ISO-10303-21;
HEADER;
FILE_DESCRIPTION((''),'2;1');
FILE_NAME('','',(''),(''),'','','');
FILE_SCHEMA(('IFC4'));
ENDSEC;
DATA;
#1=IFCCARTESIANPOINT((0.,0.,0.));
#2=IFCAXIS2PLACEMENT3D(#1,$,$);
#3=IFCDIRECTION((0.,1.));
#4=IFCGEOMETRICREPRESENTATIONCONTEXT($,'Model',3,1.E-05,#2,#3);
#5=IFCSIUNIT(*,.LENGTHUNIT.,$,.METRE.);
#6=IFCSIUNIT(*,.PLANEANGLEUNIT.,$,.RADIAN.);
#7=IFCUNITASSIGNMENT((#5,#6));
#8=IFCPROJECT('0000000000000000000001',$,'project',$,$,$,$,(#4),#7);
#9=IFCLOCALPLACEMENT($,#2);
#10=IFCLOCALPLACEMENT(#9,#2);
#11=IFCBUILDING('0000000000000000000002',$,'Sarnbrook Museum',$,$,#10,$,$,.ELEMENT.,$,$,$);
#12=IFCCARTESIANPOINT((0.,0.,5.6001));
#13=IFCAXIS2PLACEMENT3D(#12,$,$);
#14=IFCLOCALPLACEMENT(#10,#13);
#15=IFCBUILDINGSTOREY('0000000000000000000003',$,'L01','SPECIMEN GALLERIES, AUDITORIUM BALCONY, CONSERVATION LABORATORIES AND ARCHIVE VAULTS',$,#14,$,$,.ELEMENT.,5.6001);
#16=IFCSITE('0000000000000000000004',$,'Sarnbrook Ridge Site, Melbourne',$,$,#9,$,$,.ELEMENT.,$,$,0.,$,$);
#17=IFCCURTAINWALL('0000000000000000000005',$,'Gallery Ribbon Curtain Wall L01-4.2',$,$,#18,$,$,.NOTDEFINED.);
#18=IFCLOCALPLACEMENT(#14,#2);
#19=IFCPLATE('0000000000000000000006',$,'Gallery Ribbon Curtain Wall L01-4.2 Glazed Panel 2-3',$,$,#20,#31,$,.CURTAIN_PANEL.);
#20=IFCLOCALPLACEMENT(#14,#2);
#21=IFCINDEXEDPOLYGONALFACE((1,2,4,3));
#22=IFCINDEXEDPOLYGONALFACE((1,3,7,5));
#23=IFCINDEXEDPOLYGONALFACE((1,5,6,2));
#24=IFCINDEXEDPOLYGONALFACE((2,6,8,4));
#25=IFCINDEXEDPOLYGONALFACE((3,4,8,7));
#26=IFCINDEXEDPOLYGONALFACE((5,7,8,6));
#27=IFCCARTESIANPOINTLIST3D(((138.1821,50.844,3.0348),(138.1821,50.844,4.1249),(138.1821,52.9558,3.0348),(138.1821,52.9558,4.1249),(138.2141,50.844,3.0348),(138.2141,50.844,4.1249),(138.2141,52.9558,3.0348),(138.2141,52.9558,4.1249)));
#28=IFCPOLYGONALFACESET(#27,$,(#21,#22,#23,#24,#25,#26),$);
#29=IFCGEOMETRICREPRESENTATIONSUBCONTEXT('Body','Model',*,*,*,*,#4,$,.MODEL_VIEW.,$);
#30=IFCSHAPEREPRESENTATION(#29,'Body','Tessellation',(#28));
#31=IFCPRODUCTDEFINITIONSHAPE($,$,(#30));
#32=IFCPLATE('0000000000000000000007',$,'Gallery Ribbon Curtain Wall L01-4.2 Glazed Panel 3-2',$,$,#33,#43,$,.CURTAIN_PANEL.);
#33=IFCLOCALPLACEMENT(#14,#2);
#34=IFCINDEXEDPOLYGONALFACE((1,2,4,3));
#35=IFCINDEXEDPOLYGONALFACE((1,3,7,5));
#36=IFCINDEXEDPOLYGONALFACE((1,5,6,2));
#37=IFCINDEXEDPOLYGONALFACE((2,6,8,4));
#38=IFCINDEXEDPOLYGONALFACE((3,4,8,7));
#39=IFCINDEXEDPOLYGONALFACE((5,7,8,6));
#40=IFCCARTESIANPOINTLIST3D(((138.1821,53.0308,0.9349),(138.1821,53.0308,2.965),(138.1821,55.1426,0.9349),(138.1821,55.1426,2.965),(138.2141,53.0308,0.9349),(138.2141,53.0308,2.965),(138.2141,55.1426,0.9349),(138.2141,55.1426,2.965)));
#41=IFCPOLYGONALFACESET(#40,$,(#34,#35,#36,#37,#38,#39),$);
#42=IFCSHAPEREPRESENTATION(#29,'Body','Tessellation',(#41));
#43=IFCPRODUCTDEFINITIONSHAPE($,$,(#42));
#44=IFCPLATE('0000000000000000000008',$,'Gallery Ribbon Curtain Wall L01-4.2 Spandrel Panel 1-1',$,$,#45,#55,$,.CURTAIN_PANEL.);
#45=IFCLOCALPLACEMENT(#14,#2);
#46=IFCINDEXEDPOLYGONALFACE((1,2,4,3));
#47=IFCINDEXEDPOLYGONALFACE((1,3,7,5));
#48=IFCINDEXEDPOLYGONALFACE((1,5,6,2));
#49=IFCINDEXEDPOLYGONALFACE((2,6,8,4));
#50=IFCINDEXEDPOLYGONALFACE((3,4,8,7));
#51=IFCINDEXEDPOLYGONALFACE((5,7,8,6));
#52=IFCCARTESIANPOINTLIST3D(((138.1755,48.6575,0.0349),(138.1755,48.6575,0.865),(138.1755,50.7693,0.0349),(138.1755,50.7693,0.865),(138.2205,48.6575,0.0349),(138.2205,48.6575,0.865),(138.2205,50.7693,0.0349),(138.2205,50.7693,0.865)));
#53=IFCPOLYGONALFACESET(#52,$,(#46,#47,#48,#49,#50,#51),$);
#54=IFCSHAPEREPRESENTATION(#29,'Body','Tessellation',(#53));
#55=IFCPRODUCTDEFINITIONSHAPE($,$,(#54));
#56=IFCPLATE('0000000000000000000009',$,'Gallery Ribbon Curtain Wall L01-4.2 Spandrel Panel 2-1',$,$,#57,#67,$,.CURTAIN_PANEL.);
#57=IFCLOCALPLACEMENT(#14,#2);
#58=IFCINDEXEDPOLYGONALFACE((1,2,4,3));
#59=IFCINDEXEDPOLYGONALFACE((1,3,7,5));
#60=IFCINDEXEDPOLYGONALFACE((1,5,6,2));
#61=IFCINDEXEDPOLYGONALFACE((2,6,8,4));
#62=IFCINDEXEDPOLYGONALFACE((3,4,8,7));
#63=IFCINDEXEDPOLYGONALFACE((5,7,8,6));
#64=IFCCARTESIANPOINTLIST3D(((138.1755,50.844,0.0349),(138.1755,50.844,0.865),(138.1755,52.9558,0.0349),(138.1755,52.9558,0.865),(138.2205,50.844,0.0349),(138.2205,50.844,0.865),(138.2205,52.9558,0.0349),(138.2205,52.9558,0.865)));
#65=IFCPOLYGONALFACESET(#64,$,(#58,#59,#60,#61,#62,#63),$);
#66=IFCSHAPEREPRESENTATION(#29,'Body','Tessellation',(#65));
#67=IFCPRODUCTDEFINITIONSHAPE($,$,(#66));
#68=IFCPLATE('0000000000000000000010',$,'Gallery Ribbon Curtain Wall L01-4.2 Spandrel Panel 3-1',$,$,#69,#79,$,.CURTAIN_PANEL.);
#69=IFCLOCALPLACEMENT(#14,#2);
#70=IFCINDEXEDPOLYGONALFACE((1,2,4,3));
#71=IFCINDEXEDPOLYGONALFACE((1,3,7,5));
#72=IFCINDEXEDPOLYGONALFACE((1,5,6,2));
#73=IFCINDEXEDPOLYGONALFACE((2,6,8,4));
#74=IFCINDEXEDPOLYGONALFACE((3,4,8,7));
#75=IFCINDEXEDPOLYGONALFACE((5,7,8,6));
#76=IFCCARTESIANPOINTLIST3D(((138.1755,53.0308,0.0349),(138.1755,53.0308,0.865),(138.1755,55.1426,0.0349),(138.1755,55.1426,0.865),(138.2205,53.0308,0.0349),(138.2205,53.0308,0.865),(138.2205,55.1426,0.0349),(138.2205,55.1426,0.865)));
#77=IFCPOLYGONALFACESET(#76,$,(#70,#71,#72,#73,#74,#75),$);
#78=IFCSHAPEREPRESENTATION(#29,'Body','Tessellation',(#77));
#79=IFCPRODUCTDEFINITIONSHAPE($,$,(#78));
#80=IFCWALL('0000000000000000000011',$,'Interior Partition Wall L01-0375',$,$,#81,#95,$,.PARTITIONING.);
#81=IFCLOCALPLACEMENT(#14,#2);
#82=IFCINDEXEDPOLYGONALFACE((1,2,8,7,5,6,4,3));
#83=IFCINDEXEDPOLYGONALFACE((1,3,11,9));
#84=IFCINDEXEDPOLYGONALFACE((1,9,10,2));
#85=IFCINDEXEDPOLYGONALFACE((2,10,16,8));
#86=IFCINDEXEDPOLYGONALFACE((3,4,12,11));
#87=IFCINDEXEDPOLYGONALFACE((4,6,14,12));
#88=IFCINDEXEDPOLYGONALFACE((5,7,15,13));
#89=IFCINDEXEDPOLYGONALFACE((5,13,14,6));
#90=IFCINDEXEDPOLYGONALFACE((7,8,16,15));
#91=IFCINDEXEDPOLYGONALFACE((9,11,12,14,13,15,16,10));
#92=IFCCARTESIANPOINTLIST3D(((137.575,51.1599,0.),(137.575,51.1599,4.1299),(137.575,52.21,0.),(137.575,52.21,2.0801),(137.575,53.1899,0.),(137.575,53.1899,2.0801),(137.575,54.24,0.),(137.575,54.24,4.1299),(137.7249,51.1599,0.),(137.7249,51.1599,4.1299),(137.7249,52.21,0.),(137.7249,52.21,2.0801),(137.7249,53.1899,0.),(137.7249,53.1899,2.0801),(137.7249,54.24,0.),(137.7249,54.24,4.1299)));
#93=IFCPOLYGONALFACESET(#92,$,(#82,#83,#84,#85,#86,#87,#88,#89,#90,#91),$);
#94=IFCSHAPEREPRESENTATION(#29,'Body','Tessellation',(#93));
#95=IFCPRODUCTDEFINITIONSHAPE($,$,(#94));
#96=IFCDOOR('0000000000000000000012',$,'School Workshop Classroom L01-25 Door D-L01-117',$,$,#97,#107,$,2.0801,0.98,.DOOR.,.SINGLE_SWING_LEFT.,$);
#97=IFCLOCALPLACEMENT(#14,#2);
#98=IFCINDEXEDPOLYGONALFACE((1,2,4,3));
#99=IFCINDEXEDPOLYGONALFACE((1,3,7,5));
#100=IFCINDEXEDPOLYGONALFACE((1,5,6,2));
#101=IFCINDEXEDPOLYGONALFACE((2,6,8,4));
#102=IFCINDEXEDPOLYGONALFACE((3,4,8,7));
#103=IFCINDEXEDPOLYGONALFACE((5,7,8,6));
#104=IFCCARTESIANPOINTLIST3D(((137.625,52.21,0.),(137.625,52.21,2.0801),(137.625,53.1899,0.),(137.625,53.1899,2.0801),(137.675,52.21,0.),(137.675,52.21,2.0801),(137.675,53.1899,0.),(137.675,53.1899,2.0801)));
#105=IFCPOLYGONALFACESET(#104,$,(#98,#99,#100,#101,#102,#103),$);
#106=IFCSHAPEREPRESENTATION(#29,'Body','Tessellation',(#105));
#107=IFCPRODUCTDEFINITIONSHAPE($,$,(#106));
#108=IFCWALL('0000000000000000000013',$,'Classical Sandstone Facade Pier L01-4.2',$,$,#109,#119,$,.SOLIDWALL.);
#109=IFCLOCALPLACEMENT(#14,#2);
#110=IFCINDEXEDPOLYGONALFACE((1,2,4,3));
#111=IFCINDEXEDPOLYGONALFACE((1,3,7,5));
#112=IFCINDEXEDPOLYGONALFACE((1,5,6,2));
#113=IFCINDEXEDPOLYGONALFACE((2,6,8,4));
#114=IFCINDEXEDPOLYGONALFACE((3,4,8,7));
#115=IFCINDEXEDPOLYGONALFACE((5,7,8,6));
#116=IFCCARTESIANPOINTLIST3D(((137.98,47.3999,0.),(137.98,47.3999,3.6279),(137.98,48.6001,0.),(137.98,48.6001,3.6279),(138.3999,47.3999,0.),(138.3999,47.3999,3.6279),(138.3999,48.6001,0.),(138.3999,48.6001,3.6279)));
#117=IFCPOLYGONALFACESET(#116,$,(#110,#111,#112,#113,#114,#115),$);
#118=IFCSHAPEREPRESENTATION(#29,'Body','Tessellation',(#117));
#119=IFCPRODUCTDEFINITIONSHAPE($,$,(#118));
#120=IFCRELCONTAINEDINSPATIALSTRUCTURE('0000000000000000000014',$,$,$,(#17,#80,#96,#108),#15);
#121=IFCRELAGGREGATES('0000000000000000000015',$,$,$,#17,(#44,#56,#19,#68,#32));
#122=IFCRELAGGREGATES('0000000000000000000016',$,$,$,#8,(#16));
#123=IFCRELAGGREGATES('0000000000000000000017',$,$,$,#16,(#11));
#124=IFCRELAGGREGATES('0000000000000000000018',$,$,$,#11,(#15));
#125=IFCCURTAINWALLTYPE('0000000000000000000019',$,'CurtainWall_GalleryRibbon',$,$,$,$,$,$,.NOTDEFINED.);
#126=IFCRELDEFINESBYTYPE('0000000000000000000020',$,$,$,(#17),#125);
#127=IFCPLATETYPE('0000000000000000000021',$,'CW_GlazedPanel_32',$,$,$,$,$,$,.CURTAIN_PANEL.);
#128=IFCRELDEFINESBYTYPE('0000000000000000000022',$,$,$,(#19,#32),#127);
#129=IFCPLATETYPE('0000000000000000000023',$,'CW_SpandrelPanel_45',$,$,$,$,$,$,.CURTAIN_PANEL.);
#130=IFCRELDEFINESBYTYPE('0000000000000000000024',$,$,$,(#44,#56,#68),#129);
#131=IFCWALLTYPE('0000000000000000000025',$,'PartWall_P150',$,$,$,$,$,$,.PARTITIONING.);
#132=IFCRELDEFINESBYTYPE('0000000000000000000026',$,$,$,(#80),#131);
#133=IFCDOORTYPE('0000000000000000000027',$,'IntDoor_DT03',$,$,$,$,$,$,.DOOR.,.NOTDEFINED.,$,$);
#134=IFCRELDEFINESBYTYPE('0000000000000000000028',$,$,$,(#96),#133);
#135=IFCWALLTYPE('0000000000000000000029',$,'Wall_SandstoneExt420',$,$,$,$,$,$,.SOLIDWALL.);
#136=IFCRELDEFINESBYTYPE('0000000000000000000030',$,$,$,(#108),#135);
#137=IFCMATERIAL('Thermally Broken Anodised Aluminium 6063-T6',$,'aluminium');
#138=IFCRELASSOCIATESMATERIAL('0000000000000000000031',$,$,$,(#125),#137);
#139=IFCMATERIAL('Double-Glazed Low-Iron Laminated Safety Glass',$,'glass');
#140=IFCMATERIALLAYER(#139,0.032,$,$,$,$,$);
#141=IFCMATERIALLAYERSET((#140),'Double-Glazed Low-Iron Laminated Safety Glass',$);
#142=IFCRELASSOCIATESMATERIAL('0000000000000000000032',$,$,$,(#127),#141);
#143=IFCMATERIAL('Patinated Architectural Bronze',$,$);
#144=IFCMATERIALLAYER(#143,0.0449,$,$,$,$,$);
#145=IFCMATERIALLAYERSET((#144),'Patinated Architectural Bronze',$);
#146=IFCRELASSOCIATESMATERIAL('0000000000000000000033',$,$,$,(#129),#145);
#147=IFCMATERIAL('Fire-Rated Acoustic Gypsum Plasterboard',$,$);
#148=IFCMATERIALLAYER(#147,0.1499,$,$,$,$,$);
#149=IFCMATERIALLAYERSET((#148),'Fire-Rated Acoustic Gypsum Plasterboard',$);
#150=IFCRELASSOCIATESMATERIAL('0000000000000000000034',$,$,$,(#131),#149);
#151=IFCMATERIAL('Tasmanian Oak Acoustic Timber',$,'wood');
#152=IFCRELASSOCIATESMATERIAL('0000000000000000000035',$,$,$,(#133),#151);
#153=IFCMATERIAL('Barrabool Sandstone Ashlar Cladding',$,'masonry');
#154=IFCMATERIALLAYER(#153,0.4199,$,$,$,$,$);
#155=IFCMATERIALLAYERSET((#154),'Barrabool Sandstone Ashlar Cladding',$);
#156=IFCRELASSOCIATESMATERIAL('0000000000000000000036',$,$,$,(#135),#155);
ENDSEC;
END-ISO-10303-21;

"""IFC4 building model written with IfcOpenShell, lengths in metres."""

from ifc_helpers import new_model, si_unit, direction, frame, frame_2d, origin, origin_2d, place, context, subcontext, project, spatial, rectangle, extrude, material, layer, layer_set, type_object, element, fill, aggregate, save


model = new_model("IFC4")

# Units and contexts
model_context = context("Model", 3, precision=1e-05, world=origin(), true_north=direction((0.0, 1.0)))
body_context = subcontext(model_context, "Body", "Model", "MODEL_VIEW")
ifc_project = project(units=[si_unit("LENGTHUNIT", "METRE"), si_unit("PLANEANGLEUNIT", "RADIAN")], contexts=[model_context])

# Site, building, storey
site_placement = place(None, origin())
site = spatial("IfcSite", under=ifc_project, at=site_placement, Name="Sarnbrook Ridge Site, Melbourne", CompositionType="ELEMENT", RefElevation=0.0)
building_placement = place(site_placement, origin())
building = spatial("IfcBuilding", under=site, at=building_placement, Name="Sarnbrook Museum", CompositionType="ELEMENT")
storey_placement = place(building_placement, frame((0.0, 0.0, 5.6001)))
storey = spatial("IfcBuildingStorey", under=building, at=storey_placement, Name="L01", Description="SPECIMEN GALLERIES, AUDITORIUM BALCONY, CONSERVATION LABORATORIES AND ARCHIVE VAULTS", CompositionType="ELEMENT", Elevation=5.6001)

# Shared definitions
ifc_material_1 = material(Name="Thermally Broken Anodised Aluminium 6063-T6", Category="aluminium")
curtain_wall_type = type_object("IfcCurtainWallType", Name="CurtainWall_GalleryRibbon", PredefinedType="NOTDEFINED", material=ifc_material_1)

# Curtain wall
curtain_wall_1_placement = place(storey_placement, origin())
curtain_wall_1 = element("IfcCurtainWall", 1, at=curtain_wall_1_placement, inside=storey, type_object=curtain_wall_type, Name="Gallery Ribbon Curtain Wall L01-4.2", PredefinedType="NOTDEFINED")

# Plates
ifc_material_2 = material(Name="Double-Glazed Low-Iron Laminated Safety Glass", Category="glass")
ifc_layer_1 = layer(ifc_material_2, 0.032)
ifc_layer_set_1 = layer_set([ifc_layer_1], Name="Double-Glazed Low-Iron Laminated Safety Glass")
plate_type_1 = type_object("IfcPlateType", Name="CW_GlazedPanel_32", PredefinedType="CURTAIN_PANEL", material=ifc_layer_set_1)
plate_1_placement = place(storey_placement, frame((138.1821, 51.8999, 3.5798), z_axis=(1.0, 0.0, 0.0), x_axis=(0.0, 1.0, 0.0)))
plate_1 = element("IfcPlate", 2, at=plate_1_placement, type_object=plate_type_1, Name="Gallery Ribbon Curtain Wall L01-4.2 Glazed Panel 2-3", PredefinedType="CURTAIN_PANEL", context=body_context, shape_type="SweptSolid", body=[
    extrude(rectangle(XDim=2.1118, YDim=1.0901, at=origin_2d()), origin(), (0.0, 0.0, 1.0), 0.032),
])
plate_2_placement = place(storey_placement, frame((138.1821, 54.0867, 1.95), z_axis=(1.0, 0.0, 0.0), x_axis=(0.0, 1.0, 0.0)))
plate_2 = element("IfcPlate", 3, at=plate_2_placement, type_object=plate_type_1, Name="Gallery Ribbon Curtain Wall L01-4.2 Glazed Panel 3-2", PredefinedType="CURTAIN_PANEL", context=body_context, shape_type="SweptSolid", body=[
    extrude(rectangle(XDim=2.1118, YDim=2.03, at=origin_2d()), origin(), (0.0, 0.0, 1.0), 0.032),
])
ifc_material_3 = material(Name="Patinated Architectural Bronze")
ifc_layer_2 = layer(ifc_material_3, 0.0449)
ifc_layer_set_2 = layer_set([ifc_layer_2], Name="Patinated Architectural Bronze")
plate_type_2 = type_object("IfcPlateType", Name="CW_SpandrelPanel_45", PredefinedType="CURTAIN_PANEL", material=ifc_layer_set_2)
plate_3_placement = place(storey_placement, frame((138.1755, 49.7134, 0.45), z_axis=(1.0, 0.0, 0.0), x_axis=(0.0, 1.0, 0.0)))
plate_3 = element("IfcPlate", 4, at=plate_3_placement, type_object=plate_type_2, Name="Gallery Ribbon Curtain Wall L01-4.2 Spandrel Panel 1-1", PredefinedType="CURTAIN_PANEL", context=body_context, shape_type="SweptSolid", body=[
    extrude(rectangle(XDim=2.1118, YDim=0.8301, at=origin_2d()), origin(), (0.0, 0.0, 1.0), 0.0449),
])
plate_4_placement = place(storey_placement, frame((138.1755, 51.8999, 0.45), z_axis=(1.0, 0.0, 0.0), x_axis=(0.0, 1.0, 0.0)))
plate_4 = element("IfcPlate", 5, at=plate_4_placement, type_object=plate_type_2, Name="Gallery Ribbon Curtain Wall L01-4.2 Spandrel Panel 2-1", PredefinedType="CURTAIN_PANEL", context=body_context, shape_type="SweptSolid", body=[
    extrude(rectangle(XDim=2.1118, YDim=0.8301, at=origin_2d()), origin(), (0.0, 0.0, 1.0), 0.0449),
])
plate_5_placement = place(storey_placement, frame((138.1755, 54.0867, 0.45), z_axis=(1.0, 0.0, 0.0), x_axis=(0.0, 1.0, 0.0)))
plate_5 = element("IfcPlate", 6, at=plate_5_placement, type_object=plate_type_2, Name="Gallery Ribbon Curtain Wall L01-4.2 Spandrel Panel 3-1", PredefinedType="CURTAIN_PANEL", context=body_context, shape_type="SweptSolid", body=[
    extrude(rectangle(XDim=2.1118, YDim=0.8301, at=origin_2d()), origin(), (0.0, 0.0, 1.0), 0.0449),
])
aggregate(curtain_wall_1, [plate_3, plate_4, plate_1, plate_5, plate_2])

# Wall, opening, door
ifc_material_4 = material(Name="Fire-Rated Acoustic Gypsum Plasterboard")
ifc_layer_3 = layer(ifc_material_4, 0.1499)
ifc_layer_set_3 = layer_set([ifc_layer_3], Name="Fire-Rated Acoustic Gypsum Plasterboard")
wall_type_1 = type_object("IfcWallType", Name="PartWall_P150", PredefinedType="PARTITIONING", material=ifc_layer_set_3)
wall_1_placement = place(storey_placement, frame((137.6499, 51.1599, 0.0), z_axis=(0.0, 0.0, 1.0), x_axis=(0.0, 1.0, 0.0)))
wall_1 = element("IfcWall", 7, at=wall_1_placement, inside=storey, type_object=wall_type_1, Name="Interior Partition Wall L01-0375", PredefinedType="PARTITIONING", context=body_context, shape_type="SweptSolid", body=[
    extrude(rectangle(XDim=3.0801, YDim=0.1499, at=frame_2d((1.54, 0.0))), origin(), (0.0, 0.0, 1.0), 4.1299),
])
opening_placement = place(wall_1_placement, frame((1.05, 0.0, 0.0)))
opening = element("IfcOpeningElement", 8, at=opening_placement, cuts=wall_1, PredefinedType="OPENING", context=body_context, shape_type="SweptSolid", body=[
    extrude(rectangle(XDim=0.98, YDim=2.0801, at=frame_2d((0.49, 1.04))), frame((0.0, 0.085, 0.0), z_axis=(0.0, -1.0, 0.0), x_axis=(1.0, 0.0, 0.0)), (0.0, 0.0, 1.0), 0.1699),
])
ifc_material_5 = material(Name="Tasmanian Oak Acoustic Timber", Category="wood")
door_type = type_object("IfcDoorType", Name="IntDoor_DT03", OperationType="NOTDEFINED", PredefinedType="DOOR", material=ifc_material_5)
door_placement = place(opening_placement, origin())
door = element("IfcDoor", 9, at=door_placement, inside=storey, type_object=door_type, Name="School Workshop Classroom L01-25 Door D-L01-117", OperationType="SINGLE_SWING_LEFT", OverallHeight=2.0801, OverallWidth=0.98, PredefinedType="DOOR", context=body_context, shape_type="SweptSolid", body=[
    extrude(rectangle(XDim=0.98, YDim=2.0801, at=frame_2d((0.49, 1.04))), frame((0.0, 0.0249, 0.0), z_axis=(0.0, -1.0, 0.0), x_axis=(1.0, 0.0, 0.0)), (0.0, 0.0, 1.0), 0.05),
])
fill(opening, door)

# Wall
ifc_material_6 = material(Name="Barrabool Sandstone Ashlar Cladding", Category="masonry")
ifc_layer_4 = layer(ifc_material_6, 0.4199)
ifc_layer_set_4 = layer_set([ifc_layer_4], Name="Barrabool Sandstone Ashlar Cladding")
wall_type_2 = type_object("IfcWallType", Name="Wall_SandstoneExt420", PredefinedType="SOLIDWALL", material=ifc_layer_set_4)
wall_2_placement = place(storey_placement, frame((138.1899, 47.3999, 0.0), z_axis=(0.0, 0.0, 1.0), x_axis=(0.0, 1.0, 0.0)))
element("IfcWall", 10, at=wall_2_placement, inside=storey, type_object=wall_type_2, Name="Classical Sandstone Facade Pier L01-4.2", PredefinedType="SOLIDWALL", context=body_context, shape_type="SweptSolid", body=[
    extrude(rectangle(XDim=1.2002, YDim=0.4199, at=frame_2d((0.6001, 0.0))), origin(), (0.0, 0.0, 1.0), 3.6279),
])

save(model, "model.ifc")
